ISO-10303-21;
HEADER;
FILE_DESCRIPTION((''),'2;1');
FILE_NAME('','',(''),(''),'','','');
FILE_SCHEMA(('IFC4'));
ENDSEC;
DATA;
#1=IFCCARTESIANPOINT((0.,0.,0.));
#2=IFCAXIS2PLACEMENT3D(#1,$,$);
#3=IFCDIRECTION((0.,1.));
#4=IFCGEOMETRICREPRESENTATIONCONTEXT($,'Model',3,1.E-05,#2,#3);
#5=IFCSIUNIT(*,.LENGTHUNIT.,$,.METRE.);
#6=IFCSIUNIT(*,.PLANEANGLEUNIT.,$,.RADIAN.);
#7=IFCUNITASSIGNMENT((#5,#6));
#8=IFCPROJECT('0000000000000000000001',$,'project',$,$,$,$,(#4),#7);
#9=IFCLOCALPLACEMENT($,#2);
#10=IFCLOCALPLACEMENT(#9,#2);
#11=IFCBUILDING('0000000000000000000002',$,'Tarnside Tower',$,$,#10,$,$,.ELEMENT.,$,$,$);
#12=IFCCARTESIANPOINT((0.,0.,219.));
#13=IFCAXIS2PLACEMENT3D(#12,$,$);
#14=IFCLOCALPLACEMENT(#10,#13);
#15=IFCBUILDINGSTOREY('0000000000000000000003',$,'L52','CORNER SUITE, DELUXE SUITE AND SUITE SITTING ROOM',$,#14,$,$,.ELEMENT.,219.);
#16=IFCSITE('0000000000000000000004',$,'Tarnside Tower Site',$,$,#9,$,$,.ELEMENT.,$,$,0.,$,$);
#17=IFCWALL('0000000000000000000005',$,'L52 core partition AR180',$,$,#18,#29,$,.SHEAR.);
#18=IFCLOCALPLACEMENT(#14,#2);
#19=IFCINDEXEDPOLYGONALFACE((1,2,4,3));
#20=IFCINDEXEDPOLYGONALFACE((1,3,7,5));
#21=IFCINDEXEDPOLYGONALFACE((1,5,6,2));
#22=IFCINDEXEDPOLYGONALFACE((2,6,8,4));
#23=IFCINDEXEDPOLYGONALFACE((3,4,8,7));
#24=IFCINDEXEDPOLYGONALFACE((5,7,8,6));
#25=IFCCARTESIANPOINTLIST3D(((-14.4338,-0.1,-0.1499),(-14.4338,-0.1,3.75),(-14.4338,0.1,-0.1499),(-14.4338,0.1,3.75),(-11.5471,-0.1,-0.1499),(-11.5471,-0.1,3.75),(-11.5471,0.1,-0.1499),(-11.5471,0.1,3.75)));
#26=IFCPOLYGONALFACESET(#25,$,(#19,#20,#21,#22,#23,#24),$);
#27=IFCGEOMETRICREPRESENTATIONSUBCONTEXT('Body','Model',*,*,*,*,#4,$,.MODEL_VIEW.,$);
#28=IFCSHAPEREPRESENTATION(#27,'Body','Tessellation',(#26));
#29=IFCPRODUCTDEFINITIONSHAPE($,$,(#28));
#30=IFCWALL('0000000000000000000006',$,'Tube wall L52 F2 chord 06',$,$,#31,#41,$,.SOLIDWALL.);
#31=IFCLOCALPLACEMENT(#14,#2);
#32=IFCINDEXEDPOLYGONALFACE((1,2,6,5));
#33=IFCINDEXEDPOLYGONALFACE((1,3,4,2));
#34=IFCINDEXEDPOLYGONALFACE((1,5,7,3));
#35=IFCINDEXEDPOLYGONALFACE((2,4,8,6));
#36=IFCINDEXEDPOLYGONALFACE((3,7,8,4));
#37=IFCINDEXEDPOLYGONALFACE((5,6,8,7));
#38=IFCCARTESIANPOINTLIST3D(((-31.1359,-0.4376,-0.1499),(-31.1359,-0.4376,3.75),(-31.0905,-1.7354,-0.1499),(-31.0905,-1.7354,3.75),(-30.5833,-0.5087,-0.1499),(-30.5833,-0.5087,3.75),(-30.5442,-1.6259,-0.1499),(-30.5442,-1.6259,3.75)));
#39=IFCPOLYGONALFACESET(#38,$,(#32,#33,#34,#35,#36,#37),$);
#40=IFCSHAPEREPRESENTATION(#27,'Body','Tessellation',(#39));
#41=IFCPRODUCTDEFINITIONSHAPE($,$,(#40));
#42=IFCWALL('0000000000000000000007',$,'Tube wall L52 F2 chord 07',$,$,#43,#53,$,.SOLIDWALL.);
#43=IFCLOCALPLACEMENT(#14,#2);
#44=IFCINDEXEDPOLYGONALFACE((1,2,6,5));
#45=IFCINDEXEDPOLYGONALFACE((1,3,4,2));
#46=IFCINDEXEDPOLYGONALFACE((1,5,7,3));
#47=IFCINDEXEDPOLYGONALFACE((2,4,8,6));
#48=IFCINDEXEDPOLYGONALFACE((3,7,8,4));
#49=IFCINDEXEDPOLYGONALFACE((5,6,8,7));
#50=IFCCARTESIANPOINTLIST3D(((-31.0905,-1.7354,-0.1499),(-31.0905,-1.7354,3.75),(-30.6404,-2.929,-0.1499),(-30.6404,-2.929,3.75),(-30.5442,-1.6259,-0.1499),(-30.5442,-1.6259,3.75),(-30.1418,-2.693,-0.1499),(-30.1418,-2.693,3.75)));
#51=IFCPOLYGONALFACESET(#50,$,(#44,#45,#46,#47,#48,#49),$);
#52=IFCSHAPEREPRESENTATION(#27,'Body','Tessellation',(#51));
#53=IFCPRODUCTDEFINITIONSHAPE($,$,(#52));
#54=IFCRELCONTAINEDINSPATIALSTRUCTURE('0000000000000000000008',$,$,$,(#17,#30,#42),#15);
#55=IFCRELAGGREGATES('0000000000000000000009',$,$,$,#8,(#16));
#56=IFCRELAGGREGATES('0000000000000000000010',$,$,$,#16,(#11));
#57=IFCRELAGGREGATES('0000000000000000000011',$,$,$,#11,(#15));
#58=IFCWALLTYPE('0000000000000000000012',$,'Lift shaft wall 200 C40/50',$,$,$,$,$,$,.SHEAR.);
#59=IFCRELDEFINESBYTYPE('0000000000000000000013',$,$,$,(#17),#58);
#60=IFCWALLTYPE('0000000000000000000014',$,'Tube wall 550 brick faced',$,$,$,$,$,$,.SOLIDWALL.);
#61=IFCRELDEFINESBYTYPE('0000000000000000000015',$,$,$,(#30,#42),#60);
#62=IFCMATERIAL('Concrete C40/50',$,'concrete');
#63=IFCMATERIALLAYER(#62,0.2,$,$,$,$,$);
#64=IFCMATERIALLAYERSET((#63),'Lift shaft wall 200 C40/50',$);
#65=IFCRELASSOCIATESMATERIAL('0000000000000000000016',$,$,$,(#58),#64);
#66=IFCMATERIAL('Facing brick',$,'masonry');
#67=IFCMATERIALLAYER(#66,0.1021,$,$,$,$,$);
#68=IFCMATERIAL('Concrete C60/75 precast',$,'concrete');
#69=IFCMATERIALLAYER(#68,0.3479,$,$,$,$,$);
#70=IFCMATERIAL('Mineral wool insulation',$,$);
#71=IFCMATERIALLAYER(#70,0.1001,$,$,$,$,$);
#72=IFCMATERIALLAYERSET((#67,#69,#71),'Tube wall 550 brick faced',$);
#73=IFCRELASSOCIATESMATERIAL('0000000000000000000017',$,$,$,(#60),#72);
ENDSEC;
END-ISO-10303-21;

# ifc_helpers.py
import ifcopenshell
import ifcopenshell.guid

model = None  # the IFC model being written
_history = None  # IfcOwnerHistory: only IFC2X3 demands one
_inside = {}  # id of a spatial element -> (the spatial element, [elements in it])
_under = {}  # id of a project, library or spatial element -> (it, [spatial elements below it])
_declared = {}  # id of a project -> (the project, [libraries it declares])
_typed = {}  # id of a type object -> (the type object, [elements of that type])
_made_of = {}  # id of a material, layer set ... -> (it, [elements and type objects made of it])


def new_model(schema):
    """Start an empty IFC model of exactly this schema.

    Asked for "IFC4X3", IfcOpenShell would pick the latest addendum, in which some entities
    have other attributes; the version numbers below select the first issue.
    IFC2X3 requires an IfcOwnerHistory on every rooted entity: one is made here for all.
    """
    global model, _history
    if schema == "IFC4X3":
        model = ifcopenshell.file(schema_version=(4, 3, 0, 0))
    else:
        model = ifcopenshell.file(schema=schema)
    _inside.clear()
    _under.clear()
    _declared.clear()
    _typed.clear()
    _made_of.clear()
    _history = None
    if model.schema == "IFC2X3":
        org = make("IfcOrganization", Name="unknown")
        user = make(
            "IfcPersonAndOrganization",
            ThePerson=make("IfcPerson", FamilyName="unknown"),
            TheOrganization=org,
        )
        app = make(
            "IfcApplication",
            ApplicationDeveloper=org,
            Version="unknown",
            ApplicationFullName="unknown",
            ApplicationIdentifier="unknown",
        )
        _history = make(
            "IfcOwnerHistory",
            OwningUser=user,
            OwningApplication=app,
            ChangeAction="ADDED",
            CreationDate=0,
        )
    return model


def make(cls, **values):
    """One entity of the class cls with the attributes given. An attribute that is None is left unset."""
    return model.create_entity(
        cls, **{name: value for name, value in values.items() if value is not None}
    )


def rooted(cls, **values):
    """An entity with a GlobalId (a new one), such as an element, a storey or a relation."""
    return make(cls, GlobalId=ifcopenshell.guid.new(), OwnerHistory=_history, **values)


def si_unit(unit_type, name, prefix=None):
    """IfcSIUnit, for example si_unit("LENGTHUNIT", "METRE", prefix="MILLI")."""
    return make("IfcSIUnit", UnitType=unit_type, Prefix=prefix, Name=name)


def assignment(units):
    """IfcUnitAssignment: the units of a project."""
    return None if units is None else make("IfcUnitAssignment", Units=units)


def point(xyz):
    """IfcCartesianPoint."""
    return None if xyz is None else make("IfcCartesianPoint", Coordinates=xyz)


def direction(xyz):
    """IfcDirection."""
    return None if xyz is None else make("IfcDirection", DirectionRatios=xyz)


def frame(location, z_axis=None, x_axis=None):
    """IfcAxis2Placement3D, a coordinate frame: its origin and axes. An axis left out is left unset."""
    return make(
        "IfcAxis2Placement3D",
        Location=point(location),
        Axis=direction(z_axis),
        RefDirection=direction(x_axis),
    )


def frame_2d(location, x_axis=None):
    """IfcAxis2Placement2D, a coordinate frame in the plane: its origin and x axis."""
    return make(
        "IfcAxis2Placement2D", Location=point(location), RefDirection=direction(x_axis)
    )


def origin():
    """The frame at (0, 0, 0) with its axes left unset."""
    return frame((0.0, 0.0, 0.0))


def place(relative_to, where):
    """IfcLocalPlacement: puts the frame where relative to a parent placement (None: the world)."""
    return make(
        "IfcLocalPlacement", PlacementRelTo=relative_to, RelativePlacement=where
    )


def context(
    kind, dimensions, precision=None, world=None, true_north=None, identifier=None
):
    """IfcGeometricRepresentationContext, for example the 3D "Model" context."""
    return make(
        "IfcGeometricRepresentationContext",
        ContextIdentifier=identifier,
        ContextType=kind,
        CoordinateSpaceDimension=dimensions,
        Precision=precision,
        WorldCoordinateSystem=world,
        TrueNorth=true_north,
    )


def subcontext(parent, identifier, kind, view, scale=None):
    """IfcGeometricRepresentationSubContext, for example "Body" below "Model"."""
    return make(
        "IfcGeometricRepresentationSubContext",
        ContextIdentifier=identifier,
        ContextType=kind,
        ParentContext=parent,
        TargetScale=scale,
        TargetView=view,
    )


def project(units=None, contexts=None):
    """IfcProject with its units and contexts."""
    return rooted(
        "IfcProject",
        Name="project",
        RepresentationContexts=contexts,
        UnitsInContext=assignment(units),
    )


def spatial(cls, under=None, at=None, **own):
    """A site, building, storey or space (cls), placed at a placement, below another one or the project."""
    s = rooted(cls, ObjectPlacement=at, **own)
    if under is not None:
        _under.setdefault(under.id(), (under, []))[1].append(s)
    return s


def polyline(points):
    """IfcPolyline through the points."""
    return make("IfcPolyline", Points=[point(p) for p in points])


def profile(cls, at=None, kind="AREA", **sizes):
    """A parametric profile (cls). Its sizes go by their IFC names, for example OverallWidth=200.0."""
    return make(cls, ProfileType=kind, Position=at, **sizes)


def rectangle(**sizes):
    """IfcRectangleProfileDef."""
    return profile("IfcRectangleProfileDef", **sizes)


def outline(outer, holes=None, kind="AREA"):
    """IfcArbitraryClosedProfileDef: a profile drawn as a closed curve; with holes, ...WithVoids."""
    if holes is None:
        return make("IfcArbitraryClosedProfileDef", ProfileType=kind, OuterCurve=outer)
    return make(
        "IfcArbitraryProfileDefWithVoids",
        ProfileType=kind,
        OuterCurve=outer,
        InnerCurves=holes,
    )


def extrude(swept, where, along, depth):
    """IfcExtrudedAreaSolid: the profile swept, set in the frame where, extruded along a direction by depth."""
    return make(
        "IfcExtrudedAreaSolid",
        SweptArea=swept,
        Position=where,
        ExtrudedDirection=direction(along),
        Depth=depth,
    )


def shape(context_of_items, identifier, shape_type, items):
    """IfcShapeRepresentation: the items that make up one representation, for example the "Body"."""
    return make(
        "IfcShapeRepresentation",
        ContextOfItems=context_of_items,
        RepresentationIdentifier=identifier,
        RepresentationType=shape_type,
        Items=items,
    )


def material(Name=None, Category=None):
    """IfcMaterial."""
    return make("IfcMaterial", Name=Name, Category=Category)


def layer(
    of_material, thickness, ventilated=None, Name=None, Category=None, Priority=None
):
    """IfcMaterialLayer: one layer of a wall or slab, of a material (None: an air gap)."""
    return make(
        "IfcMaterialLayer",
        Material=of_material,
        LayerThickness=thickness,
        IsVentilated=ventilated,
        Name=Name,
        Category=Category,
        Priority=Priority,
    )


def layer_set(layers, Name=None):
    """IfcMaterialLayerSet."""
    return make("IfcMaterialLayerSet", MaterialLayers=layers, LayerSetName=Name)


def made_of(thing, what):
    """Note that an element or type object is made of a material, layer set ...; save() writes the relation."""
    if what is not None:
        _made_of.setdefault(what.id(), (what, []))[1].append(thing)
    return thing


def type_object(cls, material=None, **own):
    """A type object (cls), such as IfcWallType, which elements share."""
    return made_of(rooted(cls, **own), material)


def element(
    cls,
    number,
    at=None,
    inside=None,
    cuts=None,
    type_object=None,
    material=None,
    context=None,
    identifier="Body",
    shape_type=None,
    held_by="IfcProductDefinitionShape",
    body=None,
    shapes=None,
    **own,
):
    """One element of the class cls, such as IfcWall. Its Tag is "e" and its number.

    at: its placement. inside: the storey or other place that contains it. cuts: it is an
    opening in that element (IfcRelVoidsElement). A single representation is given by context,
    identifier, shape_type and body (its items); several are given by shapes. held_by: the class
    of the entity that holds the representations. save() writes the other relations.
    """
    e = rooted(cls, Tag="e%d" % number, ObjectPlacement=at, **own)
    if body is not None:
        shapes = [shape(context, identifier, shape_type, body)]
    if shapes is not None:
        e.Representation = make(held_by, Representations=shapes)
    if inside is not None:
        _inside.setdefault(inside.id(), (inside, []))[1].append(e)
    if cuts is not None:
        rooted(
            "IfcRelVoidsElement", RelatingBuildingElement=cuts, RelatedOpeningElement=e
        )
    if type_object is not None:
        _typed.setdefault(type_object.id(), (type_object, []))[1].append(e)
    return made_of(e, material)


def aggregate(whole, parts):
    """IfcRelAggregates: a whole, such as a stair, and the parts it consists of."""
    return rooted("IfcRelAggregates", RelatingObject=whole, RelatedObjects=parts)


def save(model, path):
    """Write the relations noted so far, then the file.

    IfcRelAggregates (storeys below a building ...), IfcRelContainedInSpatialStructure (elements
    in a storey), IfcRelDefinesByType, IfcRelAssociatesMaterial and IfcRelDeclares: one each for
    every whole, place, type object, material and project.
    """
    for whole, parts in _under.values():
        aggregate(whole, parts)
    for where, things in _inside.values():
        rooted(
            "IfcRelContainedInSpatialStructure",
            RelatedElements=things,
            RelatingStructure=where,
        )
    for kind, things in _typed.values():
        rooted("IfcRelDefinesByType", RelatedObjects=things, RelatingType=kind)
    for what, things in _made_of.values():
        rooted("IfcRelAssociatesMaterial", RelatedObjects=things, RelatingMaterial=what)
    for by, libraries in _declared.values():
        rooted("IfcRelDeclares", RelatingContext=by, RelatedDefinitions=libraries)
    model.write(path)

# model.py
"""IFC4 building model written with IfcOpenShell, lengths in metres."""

from ifc_helpers import new_model, si_unit, direction, frame, frame_2d, origin, place, context, subcontext, project, spatial, polyline, rectangle, outline, extrude, material, layer, layer_set, type_object, element, save


model = new_model("IFC4")

# Units and contexts
model_context = context("Model", 3, precision=1e-05, world=origin(), true_north=direction((0.0, 1.0)))
body_context = subcontext(model_context, "Body", "Model", "MODEL_VIEW")
ifc_project = project(units=[si_unit("LENGTHUNIT", "METRE"), si_unit("PLANEANGLEUNIT", "RADIAN")], contexts=[model_context])

# Site, building, storey
site_placement = place(None, origin())
site = spatial("IfcSite", under=ifc_project, at=site_placement, Name="Tarnside Tower Site", CompositionType="ELEMENT", RefElevation=0.0)
building_placement = place(site_placement, origin())
building = spatial("IfcBuilding", under=site, at=building_placement, Name="Tarnside Tower", CompositionType="ELEMENT")
storey_placement = place(building_placement, frame((0.0, 0.0, 219.0)))
storey = spatial("IfcBuildingStorey", under=building, at=storey_placement, Name="L52", Description="CORNER SUITE, DELUXE SUITE AND SUITE SITTING ROOM", CompositionType="ELEMENT", Elevation=219.0)

# Walls
ifc_material_1 = material(Name="Concrete C40/50", Category="concrete")
ifc_layer_1 = layer(ifc_material_1, 0.2)
ifc_layer_set_1 = layer_set([ifc_layer_1], Name="Lift shaft wall 200 C40/50")
wall_type_1 = type_object("IfcWallType", Name="Lift shaft wall 200 C40/50", PredefinedType="SHEAR", material=ifc_layer_set_1)
wall_1_placement = place(storey_placement, frame((-11.5471, 0.0, -0.1499), z_axis=(0.0, 0.0, 1.0), x_axis=(-1.0, 0.0, 0.0)))
element("IfcWall", 1, at=wall_1_placement, inside=storey, type_object=wall_type_1, Name="L52 core partition AR180", PredefinedType="SHEAR", context=body_context, shape_type="SweptSolid", body=[
    extrude(rectangle(XDim=2.8867, YDim=0.2, at=frame_2d((1.4434, 0.0))), origin(), (0.0, 0.0, 1.0), 3.8999),
])
ifc_material_2 = material(Name="Facing brick", Category="masonry")
ifc_layer_2 = layer(ifc_material_2, 0.1021)
ifc_material_3 = material(Name="Concrete C60/75 precast", Category="concrete")
ifc_layer_3 = layer(ifc_material_3, 0.3479)
ifc_material_4 = material(Name="Mineral wool insulation")
ifc_layer_4 = layer(ifc_material_4, 0.1001)
ifc_layer_set_2 = layer_set([ifc_layer_2, ifc_layer_3, ifc_layer_4], Name="Tube wall 550 brick faced")
wall_type_2 = type_object("IfcWallType", Name="Tube wall 550 brick faced", PredefinedType="SOLIDWALL", material=ifc_layer_set_2)
wall_2_placement = place(storey_placement, frame((-30.8596, -0.4731, -0.1499), z_axis=(0.0, 0.0, 1.0), x_axis=(0.034956, -0.999389, 0.0)))
element("IfcWall", 2, at=wall_2_placement, inside=storey, type_object=wall_type_2, Name="Tube wall L52 F2 chord 06", PredefinedType="SOLIDWALL", context=body_context, shape_type="SweptSolid", body=[
    extrude(outline(polyline([(-0.0452, -0.2749), (1.2534, -0.2749), (1.1631, 0.2749), (0.0452, 0.2749), (-0.0452, -0.2749)])), origin(), (0.0, 0.0, 1.0), 3.8999),
])
wall_3_placement = place(storey_placement, frame((-30.8174, -1.6807, -0.1499), z_axis=(0.0, 0.0, 1.0), x_axis=(0.35285, -0.93568, 0.0)))
element("IfcWall", 3, at=wall_3_placement, inside=storey, type_object=wall_type_2, Name="Tube wall L52 F2 chord 07", PredefinedType="SOLIDWALL", context=body_context, shape_type="SweptSolid", body=[
    extrude(outline(polyline([(-0.0452, -0.2749), (1.2305, -0.2749), (1.1855, 0.2749), (0.0452, 0.2749), (-0.0452, -0.2749)])), origin(), (0.0, 0.0, 1.0), 3.8999),
])

save(model, "model.ifc")
